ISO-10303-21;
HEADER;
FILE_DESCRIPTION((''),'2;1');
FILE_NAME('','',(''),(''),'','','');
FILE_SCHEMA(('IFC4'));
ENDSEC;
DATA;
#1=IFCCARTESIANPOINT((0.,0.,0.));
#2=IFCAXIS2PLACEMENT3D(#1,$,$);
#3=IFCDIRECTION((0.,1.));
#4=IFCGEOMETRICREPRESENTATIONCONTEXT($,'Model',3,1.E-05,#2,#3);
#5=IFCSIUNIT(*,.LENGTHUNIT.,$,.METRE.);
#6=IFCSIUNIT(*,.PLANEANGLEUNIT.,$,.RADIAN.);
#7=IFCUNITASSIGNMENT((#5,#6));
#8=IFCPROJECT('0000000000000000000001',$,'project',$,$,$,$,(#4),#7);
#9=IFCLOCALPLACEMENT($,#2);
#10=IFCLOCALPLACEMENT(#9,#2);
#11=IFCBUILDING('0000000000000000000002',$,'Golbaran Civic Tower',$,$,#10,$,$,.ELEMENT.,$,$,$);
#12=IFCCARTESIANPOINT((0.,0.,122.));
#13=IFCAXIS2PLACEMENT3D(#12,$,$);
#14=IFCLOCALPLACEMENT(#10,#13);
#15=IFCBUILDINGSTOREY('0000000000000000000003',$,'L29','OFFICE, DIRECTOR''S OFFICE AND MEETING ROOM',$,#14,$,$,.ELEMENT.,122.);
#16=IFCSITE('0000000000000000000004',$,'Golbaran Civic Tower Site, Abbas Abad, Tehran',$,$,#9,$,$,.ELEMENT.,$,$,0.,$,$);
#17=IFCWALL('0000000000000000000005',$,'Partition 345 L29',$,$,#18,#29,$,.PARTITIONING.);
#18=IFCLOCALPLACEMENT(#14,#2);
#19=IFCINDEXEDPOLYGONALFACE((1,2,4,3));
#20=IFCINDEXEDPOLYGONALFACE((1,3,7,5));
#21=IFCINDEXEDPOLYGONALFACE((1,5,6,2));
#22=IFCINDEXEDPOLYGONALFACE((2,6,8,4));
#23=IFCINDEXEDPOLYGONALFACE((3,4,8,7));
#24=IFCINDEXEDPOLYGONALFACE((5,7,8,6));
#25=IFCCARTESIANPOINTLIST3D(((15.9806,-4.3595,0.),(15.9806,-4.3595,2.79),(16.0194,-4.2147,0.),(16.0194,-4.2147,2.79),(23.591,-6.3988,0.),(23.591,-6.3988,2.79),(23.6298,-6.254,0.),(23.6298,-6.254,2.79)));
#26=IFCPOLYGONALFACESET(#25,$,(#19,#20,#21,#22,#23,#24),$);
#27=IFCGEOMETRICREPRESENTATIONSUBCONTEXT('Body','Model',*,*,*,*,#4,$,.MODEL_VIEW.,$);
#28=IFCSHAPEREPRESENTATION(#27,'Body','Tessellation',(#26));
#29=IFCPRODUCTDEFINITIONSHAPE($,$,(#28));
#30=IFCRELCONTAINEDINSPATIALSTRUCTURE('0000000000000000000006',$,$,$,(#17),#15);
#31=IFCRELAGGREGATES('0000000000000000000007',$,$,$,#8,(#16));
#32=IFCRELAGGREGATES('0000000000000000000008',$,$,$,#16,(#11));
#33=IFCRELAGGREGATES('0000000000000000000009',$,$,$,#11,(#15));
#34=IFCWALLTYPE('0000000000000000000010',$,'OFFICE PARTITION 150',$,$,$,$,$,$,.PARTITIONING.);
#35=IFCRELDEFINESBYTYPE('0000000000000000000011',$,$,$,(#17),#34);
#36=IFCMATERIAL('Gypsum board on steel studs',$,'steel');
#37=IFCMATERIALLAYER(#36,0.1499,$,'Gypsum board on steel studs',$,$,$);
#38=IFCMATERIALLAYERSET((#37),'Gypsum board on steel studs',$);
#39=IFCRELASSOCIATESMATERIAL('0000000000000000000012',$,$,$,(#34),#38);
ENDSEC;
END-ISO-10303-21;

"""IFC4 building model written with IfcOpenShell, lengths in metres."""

from ifc_helpers import new_model, si_unit, direction, frame, frame_2d, origin, place, context, subcontext, project, spatial, rectangle, extrude, material, layer, layer_set, type_object, element, save


model = new_model("IFC4")

# Units and contexts
model_context = context("Model", 3, precision=1e-05, world=origin(), true_north=direction((0.0, 1.0)))
body_context = subcontext(model_context, "Body", "Model", "MODEL_VIEW")
ifc_project = project(units=[si_unit("LENGTHUNIT", "METRE"), si_unit("PLANEANGLEUNIT", "RADIAN")], contexts=[model_context])

# Site, building, storey
site_placement = place(None, origin())
site = spatial("IfcSite", under=ifc_project, at=site_placement, Name="Golbaran Civic Tower Site, Abbas Abad, Tehran", CompositionType="ELEMENT", RefElevation=0.0)
building_placement = place(site_placement, origin())
building = spatial("IfcBuilding", under=site, at=building_placement, Name="Golbaran Civic Tower", CompositionType="ELEMENT")
storey_placement = place(building_placement, frame((0.0, 0.0, 122.0)))
storey = spatial("IfcBuildingStorey", under=building, at=storey_placement, Name="L29", Description="OFFICE, DIRECTOR'S OFFICE AND MEETING ROOM", CompositionType="ELEMENT", Elevation=122.0)

# Shared definitions
ifc_material_1 = material(Name="Gypsum board on steel studs", Category="steel")
ifc_layer_1 = layer(ifc_material_1, 0.1499, Name="Gypsum board on steel studs")
ifc_layer_set_1 = layer_set([ifc_layer_1], Name="Gypsum board on steel studs")
wall_type_1 = type_object("IfcWallType", Name="OFFICE PARTITION 150", PredefinedType="PARTITIONING", material=ifc_layer_set_1)

# Wall
wall_1_placement = place(storey_placement, frame((16.0, -4.2871, 0.0), z_axis=(0.0, 0.0, 1.0), x_axis=(0.965922, -0.258833, 0.0)))
element("IfcWall", 1, at=wall_1_placement, inside=storey, type_object=wall_type_1, Name="Partition 345 L29", PredefinedType="PARTITIONING", context=body_context, shape_type="SweptSolid", body=[
    extrude(rectangle(XDim=7.8789, YDim=0.1499, at=frame_2d((3.9395, 0.0))), origin(), (0.0, 0.0, 1.0), 2.79),
])

save(model, "model.ifc")
